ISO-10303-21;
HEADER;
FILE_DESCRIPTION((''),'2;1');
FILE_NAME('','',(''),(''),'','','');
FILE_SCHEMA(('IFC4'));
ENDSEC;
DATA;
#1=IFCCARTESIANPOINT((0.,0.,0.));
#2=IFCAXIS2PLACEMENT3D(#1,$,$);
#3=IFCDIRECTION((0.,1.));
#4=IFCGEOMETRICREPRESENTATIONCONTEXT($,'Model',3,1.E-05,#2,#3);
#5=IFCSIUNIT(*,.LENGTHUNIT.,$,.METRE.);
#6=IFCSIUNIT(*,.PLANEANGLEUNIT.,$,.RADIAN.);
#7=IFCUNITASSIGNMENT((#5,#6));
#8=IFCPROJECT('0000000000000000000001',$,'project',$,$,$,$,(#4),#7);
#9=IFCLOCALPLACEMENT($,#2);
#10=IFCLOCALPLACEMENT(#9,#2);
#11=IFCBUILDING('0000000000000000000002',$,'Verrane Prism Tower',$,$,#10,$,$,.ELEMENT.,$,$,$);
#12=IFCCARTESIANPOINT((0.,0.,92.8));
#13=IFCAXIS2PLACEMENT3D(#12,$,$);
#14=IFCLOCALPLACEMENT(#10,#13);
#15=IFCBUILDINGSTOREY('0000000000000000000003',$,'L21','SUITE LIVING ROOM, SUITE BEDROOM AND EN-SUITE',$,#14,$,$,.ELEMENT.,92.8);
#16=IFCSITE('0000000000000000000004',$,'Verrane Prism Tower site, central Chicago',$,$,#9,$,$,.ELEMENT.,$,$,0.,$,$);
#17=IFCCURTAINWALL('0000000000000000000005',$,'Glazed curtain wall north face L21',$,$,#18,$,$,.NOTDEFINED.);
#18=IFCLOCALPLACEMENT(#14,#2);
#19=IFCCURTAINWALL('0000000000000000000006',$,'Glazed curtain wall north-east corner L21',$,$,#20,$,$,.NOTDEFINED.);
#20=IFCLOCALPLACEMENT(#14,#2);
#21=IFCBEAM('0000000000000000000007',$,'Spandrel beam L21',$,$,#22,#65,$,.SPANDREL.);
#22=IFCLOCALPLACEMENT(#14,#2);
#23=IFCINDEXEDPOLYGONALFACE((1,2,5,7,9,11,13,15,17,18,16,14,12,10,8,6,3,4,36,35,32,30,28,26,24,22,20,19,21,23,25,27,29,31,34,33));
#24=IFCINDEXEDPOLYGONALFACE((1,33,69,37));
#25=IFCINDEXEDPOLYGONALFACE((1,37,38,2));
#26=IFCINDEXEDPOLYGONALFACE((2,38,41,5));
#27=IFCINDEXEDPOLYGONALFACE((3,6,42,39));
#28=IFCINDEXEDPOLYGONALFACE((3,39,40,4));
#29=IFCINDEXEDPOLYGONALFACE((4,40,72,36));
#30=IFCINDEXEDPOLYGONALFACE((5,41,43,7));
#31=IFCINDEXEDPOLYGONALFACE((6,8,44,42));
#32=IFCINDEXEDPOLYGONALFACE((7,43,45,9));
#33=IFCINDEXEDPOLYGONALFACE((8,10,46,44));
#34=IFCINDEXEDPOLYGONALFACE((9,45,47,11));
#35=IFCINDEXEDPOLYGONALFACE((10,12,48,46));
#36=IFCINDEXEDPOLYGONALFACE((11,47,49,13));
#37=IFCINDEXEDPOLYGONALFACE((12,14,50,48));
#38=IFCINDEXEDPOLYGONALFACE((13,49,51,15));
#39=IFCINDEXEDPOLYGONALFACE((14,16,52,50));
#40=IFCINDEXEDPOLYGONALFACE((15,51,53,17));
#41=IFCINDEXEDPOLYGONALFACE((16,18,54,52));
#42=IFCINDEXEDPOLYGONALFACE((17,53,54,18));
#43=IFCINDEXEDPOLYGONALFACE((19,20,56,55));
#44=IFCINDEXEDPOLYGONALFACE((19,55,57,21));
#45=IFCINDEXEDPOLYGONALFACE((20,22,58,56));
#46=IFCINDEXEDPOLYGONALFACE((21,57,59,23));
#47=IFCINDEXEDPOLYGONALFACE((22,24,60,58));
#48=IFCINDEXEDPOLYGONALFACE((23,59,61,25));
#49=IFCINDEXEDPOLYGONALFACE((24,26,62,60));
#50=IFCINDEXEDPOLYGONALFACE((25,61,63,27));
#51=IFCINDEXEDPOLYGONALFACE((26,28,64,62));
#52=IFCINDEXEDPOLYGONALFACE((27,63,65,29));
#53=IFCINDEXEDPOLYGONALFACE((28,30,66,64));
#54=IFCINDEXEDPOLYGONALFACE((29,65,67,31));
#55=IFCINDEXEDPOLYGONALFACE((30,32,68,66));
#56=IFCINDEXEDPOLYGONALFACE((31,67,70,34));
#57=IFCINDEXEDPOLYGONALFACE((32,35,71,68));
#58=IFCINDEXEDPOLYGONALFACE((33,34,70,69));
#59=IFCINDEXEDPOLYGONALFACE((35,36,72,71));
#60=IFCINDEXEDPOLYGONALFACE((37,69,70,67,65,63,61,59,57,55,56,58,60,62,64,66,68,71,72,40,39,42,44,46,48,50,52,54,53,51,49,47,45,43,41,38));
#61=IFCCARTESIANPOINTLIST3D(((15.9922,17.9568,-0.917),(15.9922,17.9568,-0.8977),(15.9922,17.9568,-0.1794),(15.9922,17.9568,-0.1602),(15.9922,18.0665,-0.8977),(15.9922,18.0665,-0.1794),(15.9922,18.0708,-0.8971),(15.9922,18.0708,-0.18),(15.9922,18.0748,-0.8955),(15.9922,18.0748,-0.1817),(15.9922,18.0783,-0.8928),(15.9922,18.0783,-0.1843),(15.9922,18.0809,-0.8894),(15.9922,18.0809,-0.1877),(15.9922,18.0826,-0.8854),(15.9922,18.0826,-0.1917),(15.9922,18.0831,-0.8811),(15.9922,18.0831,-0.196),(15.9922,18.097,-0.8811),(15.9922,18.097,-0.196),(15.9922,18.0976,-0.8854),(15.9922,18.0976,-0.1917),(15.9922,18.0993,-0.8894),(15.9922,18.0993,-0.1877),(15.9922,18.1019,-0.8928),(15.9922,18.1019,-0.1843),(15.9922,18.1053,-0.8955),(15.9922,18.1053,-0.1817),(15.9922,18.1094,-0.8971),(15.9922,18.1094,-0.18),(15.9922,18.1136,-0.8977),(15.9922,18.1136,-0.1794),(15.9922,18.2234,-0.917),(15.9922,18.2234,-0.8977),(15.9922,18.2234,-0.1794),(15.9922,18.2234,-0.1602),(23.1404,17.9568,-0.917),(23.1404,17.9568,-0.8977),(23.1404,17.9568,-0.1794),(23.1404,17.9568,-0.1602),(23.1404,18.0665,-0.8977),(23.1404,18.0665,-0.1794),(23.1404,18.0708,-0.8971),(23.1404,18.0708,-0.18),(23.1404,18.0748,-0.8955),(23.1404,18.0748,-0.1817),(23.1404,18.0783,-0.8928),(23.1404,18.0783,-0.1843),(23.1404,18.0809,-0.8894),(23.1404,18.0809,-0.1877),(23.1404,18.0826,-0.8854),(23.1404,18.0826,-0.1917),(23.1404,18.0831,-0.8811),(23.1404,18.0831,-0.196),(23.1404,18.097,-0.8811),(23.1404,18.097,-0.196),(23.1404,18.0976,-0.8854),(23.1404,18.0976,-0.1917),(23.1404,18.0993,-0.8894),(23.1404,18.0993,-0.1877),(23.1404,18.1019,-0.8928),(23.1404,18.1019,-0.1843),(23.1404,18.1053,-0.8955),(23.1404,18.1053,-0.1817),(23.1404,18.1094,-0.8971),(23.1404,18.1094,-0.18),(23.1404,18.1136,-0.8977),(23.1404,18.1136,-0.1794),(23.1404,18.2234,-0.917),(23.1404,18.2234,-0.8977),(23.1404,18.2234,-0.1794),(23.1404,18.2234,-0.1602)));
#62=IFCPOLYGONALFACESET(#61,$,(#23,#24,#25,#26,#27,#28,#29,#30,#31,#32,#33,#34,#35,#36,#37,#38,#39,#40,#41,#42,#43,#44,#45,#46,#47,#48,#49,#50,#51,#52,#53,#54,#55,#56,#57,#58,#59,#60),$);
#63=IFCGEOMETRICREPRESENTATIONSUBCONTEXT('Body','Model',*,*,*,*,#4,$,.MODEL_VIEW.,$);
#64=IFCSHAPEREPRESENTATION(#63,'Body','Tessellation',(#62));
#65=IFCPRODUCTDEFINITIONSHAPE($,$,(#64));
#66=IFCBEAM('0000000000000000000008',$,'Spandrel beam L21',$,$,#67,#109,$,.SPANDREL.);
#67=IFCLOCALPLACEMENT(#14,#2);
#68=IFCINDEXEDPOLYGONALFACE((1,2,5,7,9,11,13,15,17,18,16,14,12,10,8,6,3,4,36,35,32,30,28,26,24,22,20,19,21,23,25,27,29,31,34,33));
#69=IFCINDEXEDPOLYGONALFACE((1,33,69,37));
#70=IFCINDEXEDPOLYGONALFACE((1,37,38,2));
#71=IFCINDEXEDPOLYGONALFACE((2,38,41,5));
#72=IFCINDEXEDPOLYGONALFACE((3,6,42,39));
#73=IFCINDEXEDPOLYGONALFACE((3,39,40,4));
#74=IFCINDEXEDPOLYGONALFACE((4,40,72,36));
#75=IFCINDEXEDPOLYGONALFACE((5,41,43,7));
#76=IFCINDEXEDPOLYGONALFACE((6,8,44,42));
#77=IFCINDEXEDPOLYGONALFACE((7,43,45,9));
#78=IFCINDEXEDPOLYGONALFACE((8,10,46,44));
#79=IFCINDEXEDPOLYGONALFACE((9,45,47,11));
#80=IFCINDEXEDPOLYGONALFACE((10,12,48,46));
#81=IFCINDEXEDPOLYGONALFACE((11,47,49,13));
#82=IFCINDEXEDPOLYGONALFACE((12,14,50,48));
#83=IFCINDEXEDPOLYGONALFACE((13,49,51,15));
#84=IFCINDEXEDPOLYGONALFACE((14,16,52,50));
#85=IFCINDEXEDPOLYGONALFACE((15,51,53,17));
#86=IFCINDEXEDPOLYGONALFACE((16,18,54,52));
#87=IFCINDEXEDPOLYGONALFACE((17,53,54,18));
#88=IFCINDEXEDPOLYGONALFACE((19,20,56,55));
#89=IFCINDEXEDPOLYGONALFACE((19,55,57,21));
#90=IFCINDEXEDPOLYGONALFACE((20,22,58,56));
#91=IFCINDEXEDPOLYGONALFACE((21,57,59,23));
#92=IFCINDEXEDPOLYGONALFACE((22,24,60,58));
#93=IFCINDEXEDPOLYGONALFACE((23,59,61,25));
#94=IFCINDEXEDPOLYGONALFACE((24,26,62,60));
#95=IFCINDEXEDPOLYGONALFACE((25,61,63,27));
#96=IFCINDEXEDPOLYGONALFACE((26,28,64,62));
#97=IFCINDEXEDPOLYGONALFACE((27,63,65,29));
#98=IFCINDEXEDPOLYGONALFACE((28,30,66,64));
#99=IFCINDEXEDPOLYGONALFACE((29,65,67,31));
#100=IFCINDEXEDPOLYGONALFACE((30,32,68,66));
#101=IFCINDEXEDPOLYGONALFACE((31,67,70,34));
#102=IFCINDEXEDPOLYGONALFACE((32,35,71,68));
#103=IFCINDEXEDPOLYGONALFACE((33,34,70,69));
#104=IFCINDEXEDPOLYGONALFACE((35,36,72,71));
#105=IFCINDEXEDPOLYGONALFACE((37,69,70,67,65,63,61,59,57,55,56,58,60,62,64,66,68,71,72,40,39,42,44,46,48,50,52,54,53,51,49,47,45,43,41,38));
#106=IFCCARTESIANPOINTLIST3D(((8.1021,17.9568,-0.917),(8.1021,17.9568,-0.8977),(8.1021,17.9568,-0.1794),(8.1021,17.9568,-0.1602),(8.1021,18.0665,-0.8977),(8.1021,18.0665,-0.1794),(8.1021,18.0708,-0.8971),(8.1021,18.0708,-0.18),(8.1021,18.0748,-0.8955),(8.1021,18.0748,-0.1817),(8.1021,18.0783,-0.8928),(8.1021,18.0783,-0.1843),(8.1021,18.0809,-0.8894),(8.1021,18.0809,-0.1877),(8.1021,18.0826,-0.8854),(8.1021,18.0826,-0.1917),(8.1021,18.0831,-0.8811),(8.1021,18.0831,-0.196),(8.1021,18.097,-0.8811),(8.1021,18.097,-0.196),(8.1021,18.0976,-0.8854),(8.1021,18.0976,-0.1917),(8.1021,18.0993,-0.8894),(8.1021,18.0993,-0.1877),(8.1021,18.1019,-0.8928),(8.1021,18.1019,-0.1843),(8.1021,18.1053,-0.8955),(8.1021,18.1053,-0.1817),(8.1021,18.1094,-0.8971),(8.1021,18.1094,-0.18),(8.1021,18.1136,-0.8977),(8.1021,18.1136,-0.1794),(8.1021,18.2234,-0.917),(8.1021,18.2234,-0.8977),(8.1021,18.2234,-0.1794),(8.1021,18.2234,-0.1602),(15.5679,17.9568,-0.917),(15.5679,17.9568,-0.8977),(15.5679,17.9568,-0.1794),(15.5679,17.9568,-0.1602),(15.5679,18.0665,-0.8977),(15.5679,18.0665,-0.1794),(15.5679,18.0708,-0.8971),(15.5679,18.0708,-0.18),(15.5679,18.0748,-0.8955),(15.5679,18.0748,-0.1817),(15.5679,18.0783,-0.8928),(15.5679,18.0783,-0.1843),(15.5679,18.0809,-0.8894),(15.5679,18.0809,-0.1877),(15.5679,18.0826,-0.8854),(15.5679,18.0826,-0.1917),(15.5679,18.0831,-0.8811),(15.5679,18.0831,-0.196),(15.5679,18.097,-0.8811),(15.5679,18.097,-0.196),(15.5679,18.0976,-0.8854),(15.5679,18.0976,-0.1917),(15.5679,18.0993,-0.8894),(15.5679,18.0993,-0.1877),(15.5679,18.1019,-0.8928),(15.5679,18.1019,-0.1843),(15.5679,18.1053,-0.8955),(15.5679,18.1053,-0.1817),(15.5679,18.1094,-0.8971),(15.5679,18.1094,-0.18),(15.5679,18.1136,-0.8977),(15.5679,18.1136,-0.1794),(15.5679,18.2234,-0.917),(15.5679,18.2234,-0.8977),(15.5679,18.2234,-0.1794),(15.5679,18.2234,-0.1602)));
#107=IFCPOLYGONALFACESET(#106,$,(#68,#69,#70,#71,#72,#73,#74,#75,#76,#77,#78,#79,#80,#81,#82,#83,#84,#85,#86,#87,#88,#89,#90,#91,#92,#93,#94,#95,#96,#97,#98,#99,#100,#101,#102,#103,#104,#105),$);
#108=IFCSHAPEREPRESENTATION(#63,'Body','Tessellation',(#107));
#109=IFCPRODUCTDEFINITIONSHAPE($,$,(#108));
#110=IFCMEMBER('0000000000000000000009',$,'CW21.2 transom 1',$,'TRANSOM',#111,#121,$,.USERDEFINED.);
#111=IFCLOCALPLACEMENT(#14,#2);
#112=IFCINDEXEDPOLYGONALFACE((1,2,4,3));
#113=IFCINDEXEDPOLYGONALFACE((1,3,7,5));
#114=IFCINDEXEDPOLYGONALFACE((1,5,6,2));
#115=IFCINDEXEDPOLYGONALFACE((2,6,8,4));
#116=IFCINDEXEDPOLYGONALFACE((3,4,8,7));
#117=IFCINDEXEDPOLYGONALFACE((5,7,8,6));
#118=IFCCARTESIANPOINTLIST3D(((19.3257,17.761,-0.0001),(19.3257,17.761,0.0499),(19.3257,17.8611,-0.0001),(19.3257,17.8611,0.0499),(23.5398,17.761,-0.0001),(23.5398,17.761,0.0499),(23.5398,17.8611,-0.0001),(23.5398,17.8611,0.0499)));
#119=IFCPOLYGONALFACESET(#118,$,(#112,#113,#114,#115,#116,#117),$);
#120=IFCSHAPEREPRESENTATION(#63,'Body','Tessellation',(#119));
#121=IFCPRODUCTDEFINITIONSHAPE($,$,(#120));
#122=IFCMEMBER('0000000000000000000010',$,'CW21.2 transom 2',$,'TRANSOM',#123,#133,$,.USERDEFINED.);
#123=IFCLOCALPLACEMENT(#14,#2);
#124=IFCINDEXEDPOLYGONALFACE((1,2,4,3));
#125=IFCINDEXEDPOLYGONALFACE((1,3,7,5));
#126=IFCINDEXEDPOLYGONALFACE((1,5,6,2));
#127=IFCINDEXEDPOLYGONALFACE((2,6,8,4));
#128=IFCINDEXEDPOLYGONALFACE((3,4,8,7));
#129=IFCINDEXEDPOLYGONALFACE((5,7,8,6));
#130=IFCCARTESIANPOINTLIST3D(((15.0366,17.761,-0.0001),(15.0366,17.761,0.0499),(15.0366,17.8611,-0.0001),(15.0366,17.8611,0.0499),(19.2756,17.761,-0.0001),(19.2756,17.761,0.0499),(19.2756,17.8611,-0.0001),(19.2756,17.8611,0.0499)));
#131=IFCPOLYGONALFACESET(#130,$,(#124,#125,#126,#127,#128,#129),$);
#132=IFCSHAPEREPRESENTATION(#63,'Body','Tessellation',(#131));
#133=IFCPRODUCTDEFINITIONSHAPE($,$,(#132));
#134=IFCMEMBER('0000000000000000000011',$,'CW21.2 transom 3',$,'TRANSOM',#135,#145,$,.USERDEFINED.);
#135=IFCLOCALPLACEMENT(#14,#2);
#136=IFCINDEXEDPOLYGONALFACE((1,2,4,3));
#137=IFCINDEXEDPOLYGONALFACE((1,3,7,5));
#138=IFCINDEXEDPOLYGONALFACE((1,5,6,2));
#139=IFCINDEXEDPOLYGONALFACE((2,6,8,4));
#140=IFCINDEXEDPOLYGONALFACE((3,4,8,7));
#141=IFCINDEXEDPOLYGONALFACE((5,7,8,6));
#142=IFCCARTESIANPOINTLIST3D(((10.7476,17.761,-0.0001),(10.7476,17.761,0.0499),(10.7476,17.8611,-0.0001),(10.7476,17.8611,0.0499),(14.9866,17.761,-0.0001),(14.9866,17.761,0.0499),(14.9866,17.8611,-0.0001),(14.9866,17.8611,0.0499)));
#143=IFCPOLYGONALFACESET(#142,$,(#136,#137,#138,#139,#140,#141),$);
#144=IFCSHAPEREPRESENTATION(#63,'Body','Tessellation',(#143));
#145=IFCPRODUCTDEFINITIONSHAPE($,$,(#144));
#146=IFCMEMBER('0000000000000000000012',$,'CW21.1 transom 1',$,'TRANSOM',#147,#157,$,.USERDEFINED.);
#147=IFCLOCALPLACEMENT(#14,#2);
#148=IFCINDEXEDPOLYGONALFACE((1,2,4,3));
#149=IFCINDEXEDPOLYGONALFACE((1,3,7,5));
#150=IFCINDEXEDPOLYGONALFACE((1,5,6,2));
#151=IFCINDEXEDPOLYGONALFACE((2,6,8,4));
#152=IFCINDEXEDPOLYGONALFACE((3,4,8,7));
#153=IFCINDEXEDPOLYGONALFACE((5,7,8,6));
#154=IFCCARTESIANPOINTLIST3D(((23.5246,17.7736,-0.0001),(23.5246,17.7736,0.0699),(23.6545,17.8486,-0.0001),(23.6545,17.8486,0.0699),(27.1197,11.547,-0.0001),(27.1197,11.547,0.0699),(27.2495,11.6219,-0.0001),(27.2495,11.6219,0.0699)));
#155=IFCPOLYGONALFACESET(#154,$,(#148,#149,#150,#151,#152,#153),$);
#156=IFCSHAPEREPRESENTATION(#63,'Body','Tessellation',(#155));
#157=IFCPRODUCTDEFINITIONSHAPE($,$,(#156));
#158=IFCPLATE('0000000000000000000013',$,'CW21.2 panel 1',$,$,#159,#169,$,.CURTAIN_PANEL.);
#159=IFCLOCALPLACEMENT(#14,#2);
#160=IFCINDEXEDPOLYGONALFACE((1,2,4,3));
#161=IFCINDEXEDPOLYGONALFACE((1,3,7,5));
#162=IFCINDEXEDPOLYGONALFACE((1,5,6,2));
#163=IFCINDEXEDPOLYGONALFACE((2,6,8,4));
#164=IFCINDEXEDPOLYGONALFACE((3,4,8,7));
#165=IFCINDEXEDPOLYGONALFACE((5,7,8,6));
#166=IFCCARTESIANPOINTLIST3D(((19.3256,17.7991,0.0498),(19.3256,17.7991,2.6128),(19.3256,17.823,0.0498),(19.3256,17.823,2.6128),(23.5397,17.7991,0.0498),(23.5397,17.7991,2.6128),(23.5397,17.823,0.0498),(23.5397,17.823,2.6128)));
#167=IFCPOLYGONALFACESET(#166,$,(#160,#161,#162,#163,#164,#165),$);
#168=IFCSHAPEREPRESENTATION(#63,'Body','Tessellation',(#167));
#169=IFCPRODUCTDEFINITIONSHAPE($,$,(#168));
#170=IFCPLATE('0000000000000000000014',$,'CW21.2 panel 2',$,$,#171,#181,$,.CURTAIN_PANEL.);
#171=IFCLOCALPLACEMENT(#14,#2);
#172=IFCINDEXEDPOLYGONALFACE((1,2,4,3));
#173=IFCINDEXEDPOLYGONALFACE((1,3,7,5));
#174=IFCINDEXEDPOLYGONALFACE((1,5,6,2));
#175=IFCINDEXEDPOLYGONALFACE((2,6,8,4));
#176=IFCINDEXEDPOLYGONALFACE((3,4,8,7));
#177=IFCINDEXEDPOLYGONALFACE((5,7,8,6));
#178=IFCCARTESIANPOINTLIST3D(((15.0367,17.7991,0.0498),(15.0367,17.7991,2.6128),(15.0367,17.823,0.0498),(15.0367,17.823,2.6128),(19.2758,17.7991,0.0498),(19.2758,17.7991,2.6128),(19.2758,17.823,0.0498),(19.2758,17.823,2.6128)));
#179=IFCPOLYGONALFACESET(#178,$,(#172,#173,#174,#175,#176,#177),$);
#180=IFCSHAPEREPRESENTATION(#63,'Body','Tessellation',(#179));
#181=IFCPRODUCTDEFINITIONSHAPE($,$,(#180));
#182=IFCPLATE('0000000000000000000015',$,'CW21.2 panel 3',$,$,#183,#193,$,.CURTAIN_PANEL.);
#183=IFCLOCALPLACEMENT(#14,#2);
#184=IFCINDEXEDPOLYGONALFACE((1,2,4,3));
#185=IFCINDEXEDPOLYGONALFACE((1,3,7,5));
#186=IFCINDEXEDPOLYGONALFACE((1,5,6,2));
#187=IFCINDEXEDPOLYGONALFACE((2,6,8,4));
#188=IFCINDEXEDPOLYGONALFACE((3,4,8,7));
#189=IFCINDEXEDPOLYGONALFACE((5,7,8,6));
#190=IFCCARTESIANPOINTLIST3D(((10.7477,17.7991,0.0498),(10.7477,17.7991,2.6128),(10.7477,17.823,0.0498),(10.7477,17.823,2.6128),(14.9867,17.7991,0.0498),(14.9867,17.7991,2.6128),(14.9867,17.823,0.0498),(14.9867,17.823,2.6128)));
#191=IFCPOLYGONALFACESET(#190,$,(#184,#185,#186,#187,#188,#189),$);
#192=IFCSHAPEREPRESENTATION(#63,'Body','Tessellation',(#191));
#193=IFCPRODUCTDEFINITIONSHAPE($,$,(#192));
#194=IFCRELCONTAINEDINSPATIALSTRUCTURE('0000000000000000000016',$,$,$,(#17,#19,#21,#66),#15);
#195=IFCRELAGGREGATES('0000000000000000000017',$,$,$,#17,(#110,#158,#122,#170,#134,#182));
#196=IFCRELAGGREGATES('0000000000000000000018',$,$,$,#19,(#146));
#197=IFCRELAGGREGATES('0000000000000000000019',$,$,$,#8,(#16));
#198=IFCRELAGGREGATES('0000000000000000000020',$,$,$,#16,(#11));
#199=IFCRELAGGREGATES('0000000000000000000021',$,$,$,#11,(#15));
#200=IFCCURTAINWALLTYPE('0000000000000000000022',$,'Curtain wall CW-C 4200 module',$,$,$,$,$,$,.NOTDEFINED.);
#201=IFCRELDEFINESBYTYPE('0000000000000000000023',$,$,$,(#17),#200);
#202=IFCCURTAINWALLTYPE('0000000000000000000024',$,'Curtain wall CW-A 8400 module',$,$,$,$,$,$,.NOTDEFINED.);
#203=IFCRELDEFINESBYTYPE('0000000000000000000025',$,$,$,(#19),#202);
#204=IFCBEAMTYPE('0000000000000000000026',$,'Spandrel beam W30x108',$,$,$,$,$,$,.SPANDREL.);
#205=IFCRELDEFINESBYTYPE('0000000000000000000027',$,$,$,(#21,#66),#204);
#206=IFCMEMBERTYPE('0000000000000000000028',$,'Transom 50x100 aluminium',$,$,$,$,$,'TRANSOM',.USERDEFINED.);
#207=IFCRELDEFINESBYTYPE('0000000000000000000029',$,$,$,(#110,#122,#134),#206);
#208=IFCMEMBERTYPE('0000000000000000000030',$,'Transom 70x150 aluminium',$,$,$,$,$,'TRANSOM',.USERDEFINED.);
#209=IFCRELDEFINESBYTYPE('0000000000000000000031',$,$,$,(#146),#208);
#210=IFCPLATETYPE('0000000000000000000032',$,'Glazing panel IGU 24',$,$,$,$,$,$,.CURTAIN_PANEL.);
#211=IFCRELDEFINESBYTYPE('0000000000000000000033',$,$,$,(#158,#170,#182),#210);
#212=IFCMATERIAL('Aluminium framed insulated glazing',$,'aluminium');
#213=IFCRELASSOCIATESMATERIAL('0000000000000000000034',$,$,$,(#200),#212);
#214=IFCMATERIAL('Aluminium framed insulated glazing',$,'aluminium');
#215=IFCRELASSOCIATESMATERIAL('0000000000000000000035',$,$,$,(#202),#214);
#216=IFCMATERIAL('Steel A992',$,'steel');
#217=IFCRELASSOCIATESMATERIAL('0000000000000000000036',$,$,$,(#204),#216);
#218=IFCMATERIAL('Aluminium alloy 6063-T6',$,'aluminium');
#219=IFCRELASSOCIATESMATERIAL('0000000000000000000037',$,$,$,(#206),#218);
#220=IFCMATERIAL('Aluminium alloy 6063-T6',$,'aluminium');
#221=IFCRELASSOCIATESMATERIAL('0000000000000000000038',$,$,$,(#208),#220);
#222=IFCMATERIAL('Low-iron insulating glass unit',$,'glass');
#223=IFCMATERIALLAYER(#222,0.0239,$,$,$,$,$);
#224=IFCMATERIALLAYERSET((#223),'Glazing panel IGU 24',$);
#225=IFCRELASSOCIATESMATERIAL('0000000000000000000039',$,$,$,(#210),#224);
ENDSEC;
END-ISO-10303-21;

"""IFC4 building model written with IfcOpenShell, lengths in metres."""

from ifc_helpers import new_model, si_unit, direction, frame, origin, origin_2d, place, context, subcontext, project, spatial, rectangle, i_section, extrude, material, layer, layer_set, material_profile, profile_set, type_object, element, aggregate, save


model = new_model("IFC4")

# Units and contexts
model_context = context("Model", 3, precision=1e-05, world=origin(), true_north=direction((0.0, 1.0)))
body_context = subcontext(model_context, "Body", "Model", "MODEL_VIEW")
ifc_project = project(units=[si_unit("LENGTHUNIT", "METRE"), si_unit("PLANEANGLEUNIT", "RADIAN")], contexts=[model_context])

# Site, building, storey
site_placement = place(None, origin())
site = spatial("IfcSite", under=ifc_project, at=site_placement, Name="Verrane Prism Tower site, central Chicago", CompositionType="ELEMENT", RefElevation=0.0)
building_placement = place(site_placement, origin())
building = spatial("IfcBuilding", under=site, at=building_placement, Name="Verrane Prism Tower", CompositionType="ELEMENT")
storey_placement = place(building_placement, frame((0.0, 0.0, 92.8)))
storey = spatial("IfcBuildingStorey", under=building, at=storey_placement, Name="L21", Description="SUITE LIVING ROOM, SUITE BEDROOM AND EN-SUITE", CompositionType="ELEMENT", Elevation=92.8)

# Curtain wall
ifc_material_1 = material(Name="Aluminium framed insulated glazing", Category="aluminium")
curtain_wall_type_1 = type_object("IfcCurtainWallType", Name="Curtain wall CW-C 4200 module", PredefinedType="NOTDEFINED", material=ifc_material_1)
curtain_wall_1_placement = place(storey_placement, origin())
curtain_wall_1 = element("IfcCurtainWall", 1, at=curtain_wall_1_placement, inside=storey, type_object=curtain_wall_type_1, Name="Glazed curtain wall north face L21", PredefinedType="NOTDEFINED")

# Curtain wall
ifc_material_2 = material(Name="Aluminium framed insulated glazing", Category="aluminium")
curtain_wall_type_2 = type_object("IfcCurtainWallType", Name="Curtain wall CW-A 8400 module", PredefinedType="NOTDEFINED", material=ifc_material_2)
curtain_wall_2_placement = place(storey_placement, origin())
curtain_wall_2 = element("IfcCurtainWall", 2, at=curtain_wall_2_placement, inside=storey, type_object=curtain_wall_type_2, Name="Glazed curtain wall north-east corner L21", PredefinedType="NOTDEFINED")

# Beams
ifc_material_3 = material(Name="Steel A992", Category="steel")
ifc_material_profile_1 = material_profile(ifc_material_3, i_section(OverallWidth=0.2666, OverallDepth=0.7568, WebThickness=0.0139, FlangeThickness=0.0193, FilletRadius=0.0166, at=origin_2d()), Name="W30x108")
ifc_profile_set_1 = profile_set([ifc_material_profile_1], Name="Steel A992")
beam_type_1 = type_object("IfcBeamType", Name="Spandrel beam W30x108", PredefinedType="SPANDREL", material=ifc_profile_set_1)
beam_1_placement = place(storey_placement, frame((23.1404, 18.0901, -0.5386), z_axis=(-1.0, 0.0, 0.0), x_axis=(0.0, -1.0, 0.0)))
element("IfcBeam", 3, at=beam_1_placement, inside=storey, type_object=beam_type_1, Name="Spandrel beam L21", PredefinedType="SPANDREL", context=body_context, shape_type="SweptSolid", body=[
    extrude(i_section(OverallWidth=0.2666, OverallDepth=0.7568, WebThickness=0.0139, FlangeThickness=0.0193, FilletRadius=0.0166, at=origin_2d()), origin(), (0.0, 0.0, 1.0), 7.1482),
])
beam_2_placement = place(storey_placement, frame((15.5679, 18.0901, -0.5386), z_axis=(-1.0, 0.0, 0.0), x_axis=(0.0, -1.0, 0.0)))
element("IfcBeam", 4, at=beam_2_placement, inside=storey, type_object=beam_type_1, Name="Spandrel beam L21", PredefinedType="SPANDREL", context=body_context, shape_type="SweptSolid", body=[
    extrude(i_section(OverallWidth=0.2666, OverallDepth=0.7568, WebThickness=0.0139, FlangeThickness=0.0193, FilletRadius=0.0166, at=origin_2d()), origin(), (0.0, 0.0, 1.0), 7.4658),
])

# Members
ifc_material_4 = material(Name="Aluminium alloy 6063-T6", Category="aluminium")
ifc_material_profile_2 = material_profile(ifc_material_4, rectangle(XDim=0.1001, YDim=0.05, at=origin_2d()), Name="Transom 50x100 aluminium")
ifc_profile_set_2 = profile_set([ifc_material_profile_2], Name="Aluminium alloy 6063-T6")
member_type_1 = type_object("IfcMemberType", Name="Transom 50x100 aluminium", ElementType="TRANSOM", PredefinedType="USERDEFINED", material=ifc_profile_set_2)
member_1_placement = place(storey_placement, frame((23.5398, 17.811, 0.0249), z_axis=(-1.0, 0.0, 0.0), x_axis=(0.0, -1.0, 0.0)))
member_1 = element("IfcMember", 5, at=member_1_placement, type_object=member_type_1, Name="CW21.2 transom 1", ObjectType="TRANSOM", PredefinedType="USERDEFINED", context=body_context, shape_type="SweptSolid", body=[
    extrude(rectangle(XDim=0.1001, YDim=0.05, at=origin_2d()), origin(), (0.0, 0.0, 1.0), 4.2141),
])
member_2_placement = place(storey_placement, frame((19.2756, 17.811, 0.0249), z_axis=(-1.0, 0.0, 0.0), x_axis=(0.0, -1.0, 0.0)))
member_2 = element("IfcMember", 6, at=member_2_placement, type_object=member_type_1, Name="CW21.2 transom 2", ObjectType="TRANSOM", PredefinedType="USERDEFINED", context=body_context, shape_type="SweptSolid", body=[
    extrude(rectangle(XDim=0.1001, YDim=0.05, at=origin_2d()), origin(), (0.0, 0.0, 1.0), 4.239),
])
member_3_placement = place(storey_placement, frame((14.9866, 17.811, 0.0249), z_axis=(-1.0, 0.0, 0.0), x_axis=(0.0, -1.0, 0.0)))
member_3 = element("IfcMember", 7, at=member_3_placement, type_object=member_type_1, Name="CW21.2 transom 3", ObjectType="TRANSOM", PredefinedType="USERDEFINED", context=body_context, shape_type="SweptSolid", body=[
    extrude(rectangle(XDim=0.1001, YDim=0.05, at=origin_2d()), origin(), (0.0, 0.0, 1.0), 4.239),
])
ifc_material_5 = material(Name="Aluminium alloy 6063-T6", Category="aluminium")
ifc_material_profile_3 = material_profile(ifc_material_5, rectangle(XDim=0.1499, YDim=0.0701, at=origin_2d()), Name="Transom 70x150 aluminium")
ifc_profile_set_3 = profile_set([ifc_material_profile_3], Name="Aluminium alloy 6063-T6")
member_type_2 = type_object("IfcMemberType", Name="Transom 70x150 aluminium", ElementType="TRANSOM", PredefinedType="USERDEFINED", material=ifc_profile_set_3)
member_4_placement = place(storey_placement, frame((27.1846, 11.5845, 0.0349), z_axis=(-0.500007, 0.866022, 0.0), x_axis=(-0.866022, -0.500007, 0.0)))
member_4 = element("IfcMember", 8, at=member_4_placement, type_object=member_type_2, Name="CW21.1 transom 1", ObjectType="TRANSOM", PredefinedType="USERDEFINED", context=body_context, shape_type="SweptSolid", body=[
    extrude(rectangle(XDim=0.1499, YDim=0.0701, at=origin_2d()), origin(), (0.0, 0.0, 1.0), 7.1899),
])

# Plates
ifc_material_6 = material(Name="Low-iron insulating glass unit", Category="glass")
ifc_layer_1 = layer(ifc_material_6, 0.0239)
ifc_layer_set_1 = layer_set([ifc_layer_1], Name="Glazing panel IGU 24")
plate_type_1 = type_object("IfcPlateType", Name="Glazing panel IGU 24", PredefinedType="CURTAIN_PANEL", material=ifc_layer_set_1)
plate_1_placement = place(storey_placement, frame((21.4326, 17.811, 0.0498), z_axis=(0.0, 0.0, 1.0), x_axis=(-1.0, 0.0, 0.0)))
plate_1 = element("IfcPlate", 9, at=plate_1_placement, type_object=plate_type_1, Name="CW21.2 panel 1", PredefinedType="CURTAIN_PANEL", context=body_context, shape_type="SweptSolid", body=[
    extrude(rectangle(XDim=4.2141, YDim=0.0239, at=origin_2d()), origin(), (0.0, 0.0, 1.0), 2.563),
])
plate_2_placement = place(storey_placement, frame((17.1562, 17.811, 0.0498), z_axis=(0.0, 0.0, 1.0), x_axis=(-1.0, 0.0, 0.0)))
plate_2 = element("IfcPlate", 10, at=plate_2_placement, type_object=plate_type_1, Name="CW21.2 panel 2", PredefinedType="CURTAIN_PANEL", context=body_context, shape_type="SweptSolid", body=[
    extrude(rectangle(XDim=4.239, YDim=0.0239, at=origin_2d()), origin(), (0.0, 0.0, 1.0), 2.563),
])
plate_3_placement = place(storey_placement, frame((12.8672, 17.811, 0.0498), z_axis=(0.0, 0.0, 1.0), x_axis=(-1.0, 0.0, 0.0)))
plate_3 = element("IfcPlate", 11, at=plate_3_placement, type_object=plate_type_1, Name="CW21.2 panel 3", PredefinedType="CURTAIN_PANEL", context=body_context, shape_type="SweptSolid", body=[
    extrude(rectangle(XDim=4.239, YDim=0.0239, at=origin_2d()), origin(), (0.0, 0.0, 1.0), 2.563),
])
aggregate(curtain_wall_1, [member_1, plate_1, member_2, plate_2, member_3, plate_3])
aggregate(curtain_wall_2, [member_4])

save(model, "model.ifc")
